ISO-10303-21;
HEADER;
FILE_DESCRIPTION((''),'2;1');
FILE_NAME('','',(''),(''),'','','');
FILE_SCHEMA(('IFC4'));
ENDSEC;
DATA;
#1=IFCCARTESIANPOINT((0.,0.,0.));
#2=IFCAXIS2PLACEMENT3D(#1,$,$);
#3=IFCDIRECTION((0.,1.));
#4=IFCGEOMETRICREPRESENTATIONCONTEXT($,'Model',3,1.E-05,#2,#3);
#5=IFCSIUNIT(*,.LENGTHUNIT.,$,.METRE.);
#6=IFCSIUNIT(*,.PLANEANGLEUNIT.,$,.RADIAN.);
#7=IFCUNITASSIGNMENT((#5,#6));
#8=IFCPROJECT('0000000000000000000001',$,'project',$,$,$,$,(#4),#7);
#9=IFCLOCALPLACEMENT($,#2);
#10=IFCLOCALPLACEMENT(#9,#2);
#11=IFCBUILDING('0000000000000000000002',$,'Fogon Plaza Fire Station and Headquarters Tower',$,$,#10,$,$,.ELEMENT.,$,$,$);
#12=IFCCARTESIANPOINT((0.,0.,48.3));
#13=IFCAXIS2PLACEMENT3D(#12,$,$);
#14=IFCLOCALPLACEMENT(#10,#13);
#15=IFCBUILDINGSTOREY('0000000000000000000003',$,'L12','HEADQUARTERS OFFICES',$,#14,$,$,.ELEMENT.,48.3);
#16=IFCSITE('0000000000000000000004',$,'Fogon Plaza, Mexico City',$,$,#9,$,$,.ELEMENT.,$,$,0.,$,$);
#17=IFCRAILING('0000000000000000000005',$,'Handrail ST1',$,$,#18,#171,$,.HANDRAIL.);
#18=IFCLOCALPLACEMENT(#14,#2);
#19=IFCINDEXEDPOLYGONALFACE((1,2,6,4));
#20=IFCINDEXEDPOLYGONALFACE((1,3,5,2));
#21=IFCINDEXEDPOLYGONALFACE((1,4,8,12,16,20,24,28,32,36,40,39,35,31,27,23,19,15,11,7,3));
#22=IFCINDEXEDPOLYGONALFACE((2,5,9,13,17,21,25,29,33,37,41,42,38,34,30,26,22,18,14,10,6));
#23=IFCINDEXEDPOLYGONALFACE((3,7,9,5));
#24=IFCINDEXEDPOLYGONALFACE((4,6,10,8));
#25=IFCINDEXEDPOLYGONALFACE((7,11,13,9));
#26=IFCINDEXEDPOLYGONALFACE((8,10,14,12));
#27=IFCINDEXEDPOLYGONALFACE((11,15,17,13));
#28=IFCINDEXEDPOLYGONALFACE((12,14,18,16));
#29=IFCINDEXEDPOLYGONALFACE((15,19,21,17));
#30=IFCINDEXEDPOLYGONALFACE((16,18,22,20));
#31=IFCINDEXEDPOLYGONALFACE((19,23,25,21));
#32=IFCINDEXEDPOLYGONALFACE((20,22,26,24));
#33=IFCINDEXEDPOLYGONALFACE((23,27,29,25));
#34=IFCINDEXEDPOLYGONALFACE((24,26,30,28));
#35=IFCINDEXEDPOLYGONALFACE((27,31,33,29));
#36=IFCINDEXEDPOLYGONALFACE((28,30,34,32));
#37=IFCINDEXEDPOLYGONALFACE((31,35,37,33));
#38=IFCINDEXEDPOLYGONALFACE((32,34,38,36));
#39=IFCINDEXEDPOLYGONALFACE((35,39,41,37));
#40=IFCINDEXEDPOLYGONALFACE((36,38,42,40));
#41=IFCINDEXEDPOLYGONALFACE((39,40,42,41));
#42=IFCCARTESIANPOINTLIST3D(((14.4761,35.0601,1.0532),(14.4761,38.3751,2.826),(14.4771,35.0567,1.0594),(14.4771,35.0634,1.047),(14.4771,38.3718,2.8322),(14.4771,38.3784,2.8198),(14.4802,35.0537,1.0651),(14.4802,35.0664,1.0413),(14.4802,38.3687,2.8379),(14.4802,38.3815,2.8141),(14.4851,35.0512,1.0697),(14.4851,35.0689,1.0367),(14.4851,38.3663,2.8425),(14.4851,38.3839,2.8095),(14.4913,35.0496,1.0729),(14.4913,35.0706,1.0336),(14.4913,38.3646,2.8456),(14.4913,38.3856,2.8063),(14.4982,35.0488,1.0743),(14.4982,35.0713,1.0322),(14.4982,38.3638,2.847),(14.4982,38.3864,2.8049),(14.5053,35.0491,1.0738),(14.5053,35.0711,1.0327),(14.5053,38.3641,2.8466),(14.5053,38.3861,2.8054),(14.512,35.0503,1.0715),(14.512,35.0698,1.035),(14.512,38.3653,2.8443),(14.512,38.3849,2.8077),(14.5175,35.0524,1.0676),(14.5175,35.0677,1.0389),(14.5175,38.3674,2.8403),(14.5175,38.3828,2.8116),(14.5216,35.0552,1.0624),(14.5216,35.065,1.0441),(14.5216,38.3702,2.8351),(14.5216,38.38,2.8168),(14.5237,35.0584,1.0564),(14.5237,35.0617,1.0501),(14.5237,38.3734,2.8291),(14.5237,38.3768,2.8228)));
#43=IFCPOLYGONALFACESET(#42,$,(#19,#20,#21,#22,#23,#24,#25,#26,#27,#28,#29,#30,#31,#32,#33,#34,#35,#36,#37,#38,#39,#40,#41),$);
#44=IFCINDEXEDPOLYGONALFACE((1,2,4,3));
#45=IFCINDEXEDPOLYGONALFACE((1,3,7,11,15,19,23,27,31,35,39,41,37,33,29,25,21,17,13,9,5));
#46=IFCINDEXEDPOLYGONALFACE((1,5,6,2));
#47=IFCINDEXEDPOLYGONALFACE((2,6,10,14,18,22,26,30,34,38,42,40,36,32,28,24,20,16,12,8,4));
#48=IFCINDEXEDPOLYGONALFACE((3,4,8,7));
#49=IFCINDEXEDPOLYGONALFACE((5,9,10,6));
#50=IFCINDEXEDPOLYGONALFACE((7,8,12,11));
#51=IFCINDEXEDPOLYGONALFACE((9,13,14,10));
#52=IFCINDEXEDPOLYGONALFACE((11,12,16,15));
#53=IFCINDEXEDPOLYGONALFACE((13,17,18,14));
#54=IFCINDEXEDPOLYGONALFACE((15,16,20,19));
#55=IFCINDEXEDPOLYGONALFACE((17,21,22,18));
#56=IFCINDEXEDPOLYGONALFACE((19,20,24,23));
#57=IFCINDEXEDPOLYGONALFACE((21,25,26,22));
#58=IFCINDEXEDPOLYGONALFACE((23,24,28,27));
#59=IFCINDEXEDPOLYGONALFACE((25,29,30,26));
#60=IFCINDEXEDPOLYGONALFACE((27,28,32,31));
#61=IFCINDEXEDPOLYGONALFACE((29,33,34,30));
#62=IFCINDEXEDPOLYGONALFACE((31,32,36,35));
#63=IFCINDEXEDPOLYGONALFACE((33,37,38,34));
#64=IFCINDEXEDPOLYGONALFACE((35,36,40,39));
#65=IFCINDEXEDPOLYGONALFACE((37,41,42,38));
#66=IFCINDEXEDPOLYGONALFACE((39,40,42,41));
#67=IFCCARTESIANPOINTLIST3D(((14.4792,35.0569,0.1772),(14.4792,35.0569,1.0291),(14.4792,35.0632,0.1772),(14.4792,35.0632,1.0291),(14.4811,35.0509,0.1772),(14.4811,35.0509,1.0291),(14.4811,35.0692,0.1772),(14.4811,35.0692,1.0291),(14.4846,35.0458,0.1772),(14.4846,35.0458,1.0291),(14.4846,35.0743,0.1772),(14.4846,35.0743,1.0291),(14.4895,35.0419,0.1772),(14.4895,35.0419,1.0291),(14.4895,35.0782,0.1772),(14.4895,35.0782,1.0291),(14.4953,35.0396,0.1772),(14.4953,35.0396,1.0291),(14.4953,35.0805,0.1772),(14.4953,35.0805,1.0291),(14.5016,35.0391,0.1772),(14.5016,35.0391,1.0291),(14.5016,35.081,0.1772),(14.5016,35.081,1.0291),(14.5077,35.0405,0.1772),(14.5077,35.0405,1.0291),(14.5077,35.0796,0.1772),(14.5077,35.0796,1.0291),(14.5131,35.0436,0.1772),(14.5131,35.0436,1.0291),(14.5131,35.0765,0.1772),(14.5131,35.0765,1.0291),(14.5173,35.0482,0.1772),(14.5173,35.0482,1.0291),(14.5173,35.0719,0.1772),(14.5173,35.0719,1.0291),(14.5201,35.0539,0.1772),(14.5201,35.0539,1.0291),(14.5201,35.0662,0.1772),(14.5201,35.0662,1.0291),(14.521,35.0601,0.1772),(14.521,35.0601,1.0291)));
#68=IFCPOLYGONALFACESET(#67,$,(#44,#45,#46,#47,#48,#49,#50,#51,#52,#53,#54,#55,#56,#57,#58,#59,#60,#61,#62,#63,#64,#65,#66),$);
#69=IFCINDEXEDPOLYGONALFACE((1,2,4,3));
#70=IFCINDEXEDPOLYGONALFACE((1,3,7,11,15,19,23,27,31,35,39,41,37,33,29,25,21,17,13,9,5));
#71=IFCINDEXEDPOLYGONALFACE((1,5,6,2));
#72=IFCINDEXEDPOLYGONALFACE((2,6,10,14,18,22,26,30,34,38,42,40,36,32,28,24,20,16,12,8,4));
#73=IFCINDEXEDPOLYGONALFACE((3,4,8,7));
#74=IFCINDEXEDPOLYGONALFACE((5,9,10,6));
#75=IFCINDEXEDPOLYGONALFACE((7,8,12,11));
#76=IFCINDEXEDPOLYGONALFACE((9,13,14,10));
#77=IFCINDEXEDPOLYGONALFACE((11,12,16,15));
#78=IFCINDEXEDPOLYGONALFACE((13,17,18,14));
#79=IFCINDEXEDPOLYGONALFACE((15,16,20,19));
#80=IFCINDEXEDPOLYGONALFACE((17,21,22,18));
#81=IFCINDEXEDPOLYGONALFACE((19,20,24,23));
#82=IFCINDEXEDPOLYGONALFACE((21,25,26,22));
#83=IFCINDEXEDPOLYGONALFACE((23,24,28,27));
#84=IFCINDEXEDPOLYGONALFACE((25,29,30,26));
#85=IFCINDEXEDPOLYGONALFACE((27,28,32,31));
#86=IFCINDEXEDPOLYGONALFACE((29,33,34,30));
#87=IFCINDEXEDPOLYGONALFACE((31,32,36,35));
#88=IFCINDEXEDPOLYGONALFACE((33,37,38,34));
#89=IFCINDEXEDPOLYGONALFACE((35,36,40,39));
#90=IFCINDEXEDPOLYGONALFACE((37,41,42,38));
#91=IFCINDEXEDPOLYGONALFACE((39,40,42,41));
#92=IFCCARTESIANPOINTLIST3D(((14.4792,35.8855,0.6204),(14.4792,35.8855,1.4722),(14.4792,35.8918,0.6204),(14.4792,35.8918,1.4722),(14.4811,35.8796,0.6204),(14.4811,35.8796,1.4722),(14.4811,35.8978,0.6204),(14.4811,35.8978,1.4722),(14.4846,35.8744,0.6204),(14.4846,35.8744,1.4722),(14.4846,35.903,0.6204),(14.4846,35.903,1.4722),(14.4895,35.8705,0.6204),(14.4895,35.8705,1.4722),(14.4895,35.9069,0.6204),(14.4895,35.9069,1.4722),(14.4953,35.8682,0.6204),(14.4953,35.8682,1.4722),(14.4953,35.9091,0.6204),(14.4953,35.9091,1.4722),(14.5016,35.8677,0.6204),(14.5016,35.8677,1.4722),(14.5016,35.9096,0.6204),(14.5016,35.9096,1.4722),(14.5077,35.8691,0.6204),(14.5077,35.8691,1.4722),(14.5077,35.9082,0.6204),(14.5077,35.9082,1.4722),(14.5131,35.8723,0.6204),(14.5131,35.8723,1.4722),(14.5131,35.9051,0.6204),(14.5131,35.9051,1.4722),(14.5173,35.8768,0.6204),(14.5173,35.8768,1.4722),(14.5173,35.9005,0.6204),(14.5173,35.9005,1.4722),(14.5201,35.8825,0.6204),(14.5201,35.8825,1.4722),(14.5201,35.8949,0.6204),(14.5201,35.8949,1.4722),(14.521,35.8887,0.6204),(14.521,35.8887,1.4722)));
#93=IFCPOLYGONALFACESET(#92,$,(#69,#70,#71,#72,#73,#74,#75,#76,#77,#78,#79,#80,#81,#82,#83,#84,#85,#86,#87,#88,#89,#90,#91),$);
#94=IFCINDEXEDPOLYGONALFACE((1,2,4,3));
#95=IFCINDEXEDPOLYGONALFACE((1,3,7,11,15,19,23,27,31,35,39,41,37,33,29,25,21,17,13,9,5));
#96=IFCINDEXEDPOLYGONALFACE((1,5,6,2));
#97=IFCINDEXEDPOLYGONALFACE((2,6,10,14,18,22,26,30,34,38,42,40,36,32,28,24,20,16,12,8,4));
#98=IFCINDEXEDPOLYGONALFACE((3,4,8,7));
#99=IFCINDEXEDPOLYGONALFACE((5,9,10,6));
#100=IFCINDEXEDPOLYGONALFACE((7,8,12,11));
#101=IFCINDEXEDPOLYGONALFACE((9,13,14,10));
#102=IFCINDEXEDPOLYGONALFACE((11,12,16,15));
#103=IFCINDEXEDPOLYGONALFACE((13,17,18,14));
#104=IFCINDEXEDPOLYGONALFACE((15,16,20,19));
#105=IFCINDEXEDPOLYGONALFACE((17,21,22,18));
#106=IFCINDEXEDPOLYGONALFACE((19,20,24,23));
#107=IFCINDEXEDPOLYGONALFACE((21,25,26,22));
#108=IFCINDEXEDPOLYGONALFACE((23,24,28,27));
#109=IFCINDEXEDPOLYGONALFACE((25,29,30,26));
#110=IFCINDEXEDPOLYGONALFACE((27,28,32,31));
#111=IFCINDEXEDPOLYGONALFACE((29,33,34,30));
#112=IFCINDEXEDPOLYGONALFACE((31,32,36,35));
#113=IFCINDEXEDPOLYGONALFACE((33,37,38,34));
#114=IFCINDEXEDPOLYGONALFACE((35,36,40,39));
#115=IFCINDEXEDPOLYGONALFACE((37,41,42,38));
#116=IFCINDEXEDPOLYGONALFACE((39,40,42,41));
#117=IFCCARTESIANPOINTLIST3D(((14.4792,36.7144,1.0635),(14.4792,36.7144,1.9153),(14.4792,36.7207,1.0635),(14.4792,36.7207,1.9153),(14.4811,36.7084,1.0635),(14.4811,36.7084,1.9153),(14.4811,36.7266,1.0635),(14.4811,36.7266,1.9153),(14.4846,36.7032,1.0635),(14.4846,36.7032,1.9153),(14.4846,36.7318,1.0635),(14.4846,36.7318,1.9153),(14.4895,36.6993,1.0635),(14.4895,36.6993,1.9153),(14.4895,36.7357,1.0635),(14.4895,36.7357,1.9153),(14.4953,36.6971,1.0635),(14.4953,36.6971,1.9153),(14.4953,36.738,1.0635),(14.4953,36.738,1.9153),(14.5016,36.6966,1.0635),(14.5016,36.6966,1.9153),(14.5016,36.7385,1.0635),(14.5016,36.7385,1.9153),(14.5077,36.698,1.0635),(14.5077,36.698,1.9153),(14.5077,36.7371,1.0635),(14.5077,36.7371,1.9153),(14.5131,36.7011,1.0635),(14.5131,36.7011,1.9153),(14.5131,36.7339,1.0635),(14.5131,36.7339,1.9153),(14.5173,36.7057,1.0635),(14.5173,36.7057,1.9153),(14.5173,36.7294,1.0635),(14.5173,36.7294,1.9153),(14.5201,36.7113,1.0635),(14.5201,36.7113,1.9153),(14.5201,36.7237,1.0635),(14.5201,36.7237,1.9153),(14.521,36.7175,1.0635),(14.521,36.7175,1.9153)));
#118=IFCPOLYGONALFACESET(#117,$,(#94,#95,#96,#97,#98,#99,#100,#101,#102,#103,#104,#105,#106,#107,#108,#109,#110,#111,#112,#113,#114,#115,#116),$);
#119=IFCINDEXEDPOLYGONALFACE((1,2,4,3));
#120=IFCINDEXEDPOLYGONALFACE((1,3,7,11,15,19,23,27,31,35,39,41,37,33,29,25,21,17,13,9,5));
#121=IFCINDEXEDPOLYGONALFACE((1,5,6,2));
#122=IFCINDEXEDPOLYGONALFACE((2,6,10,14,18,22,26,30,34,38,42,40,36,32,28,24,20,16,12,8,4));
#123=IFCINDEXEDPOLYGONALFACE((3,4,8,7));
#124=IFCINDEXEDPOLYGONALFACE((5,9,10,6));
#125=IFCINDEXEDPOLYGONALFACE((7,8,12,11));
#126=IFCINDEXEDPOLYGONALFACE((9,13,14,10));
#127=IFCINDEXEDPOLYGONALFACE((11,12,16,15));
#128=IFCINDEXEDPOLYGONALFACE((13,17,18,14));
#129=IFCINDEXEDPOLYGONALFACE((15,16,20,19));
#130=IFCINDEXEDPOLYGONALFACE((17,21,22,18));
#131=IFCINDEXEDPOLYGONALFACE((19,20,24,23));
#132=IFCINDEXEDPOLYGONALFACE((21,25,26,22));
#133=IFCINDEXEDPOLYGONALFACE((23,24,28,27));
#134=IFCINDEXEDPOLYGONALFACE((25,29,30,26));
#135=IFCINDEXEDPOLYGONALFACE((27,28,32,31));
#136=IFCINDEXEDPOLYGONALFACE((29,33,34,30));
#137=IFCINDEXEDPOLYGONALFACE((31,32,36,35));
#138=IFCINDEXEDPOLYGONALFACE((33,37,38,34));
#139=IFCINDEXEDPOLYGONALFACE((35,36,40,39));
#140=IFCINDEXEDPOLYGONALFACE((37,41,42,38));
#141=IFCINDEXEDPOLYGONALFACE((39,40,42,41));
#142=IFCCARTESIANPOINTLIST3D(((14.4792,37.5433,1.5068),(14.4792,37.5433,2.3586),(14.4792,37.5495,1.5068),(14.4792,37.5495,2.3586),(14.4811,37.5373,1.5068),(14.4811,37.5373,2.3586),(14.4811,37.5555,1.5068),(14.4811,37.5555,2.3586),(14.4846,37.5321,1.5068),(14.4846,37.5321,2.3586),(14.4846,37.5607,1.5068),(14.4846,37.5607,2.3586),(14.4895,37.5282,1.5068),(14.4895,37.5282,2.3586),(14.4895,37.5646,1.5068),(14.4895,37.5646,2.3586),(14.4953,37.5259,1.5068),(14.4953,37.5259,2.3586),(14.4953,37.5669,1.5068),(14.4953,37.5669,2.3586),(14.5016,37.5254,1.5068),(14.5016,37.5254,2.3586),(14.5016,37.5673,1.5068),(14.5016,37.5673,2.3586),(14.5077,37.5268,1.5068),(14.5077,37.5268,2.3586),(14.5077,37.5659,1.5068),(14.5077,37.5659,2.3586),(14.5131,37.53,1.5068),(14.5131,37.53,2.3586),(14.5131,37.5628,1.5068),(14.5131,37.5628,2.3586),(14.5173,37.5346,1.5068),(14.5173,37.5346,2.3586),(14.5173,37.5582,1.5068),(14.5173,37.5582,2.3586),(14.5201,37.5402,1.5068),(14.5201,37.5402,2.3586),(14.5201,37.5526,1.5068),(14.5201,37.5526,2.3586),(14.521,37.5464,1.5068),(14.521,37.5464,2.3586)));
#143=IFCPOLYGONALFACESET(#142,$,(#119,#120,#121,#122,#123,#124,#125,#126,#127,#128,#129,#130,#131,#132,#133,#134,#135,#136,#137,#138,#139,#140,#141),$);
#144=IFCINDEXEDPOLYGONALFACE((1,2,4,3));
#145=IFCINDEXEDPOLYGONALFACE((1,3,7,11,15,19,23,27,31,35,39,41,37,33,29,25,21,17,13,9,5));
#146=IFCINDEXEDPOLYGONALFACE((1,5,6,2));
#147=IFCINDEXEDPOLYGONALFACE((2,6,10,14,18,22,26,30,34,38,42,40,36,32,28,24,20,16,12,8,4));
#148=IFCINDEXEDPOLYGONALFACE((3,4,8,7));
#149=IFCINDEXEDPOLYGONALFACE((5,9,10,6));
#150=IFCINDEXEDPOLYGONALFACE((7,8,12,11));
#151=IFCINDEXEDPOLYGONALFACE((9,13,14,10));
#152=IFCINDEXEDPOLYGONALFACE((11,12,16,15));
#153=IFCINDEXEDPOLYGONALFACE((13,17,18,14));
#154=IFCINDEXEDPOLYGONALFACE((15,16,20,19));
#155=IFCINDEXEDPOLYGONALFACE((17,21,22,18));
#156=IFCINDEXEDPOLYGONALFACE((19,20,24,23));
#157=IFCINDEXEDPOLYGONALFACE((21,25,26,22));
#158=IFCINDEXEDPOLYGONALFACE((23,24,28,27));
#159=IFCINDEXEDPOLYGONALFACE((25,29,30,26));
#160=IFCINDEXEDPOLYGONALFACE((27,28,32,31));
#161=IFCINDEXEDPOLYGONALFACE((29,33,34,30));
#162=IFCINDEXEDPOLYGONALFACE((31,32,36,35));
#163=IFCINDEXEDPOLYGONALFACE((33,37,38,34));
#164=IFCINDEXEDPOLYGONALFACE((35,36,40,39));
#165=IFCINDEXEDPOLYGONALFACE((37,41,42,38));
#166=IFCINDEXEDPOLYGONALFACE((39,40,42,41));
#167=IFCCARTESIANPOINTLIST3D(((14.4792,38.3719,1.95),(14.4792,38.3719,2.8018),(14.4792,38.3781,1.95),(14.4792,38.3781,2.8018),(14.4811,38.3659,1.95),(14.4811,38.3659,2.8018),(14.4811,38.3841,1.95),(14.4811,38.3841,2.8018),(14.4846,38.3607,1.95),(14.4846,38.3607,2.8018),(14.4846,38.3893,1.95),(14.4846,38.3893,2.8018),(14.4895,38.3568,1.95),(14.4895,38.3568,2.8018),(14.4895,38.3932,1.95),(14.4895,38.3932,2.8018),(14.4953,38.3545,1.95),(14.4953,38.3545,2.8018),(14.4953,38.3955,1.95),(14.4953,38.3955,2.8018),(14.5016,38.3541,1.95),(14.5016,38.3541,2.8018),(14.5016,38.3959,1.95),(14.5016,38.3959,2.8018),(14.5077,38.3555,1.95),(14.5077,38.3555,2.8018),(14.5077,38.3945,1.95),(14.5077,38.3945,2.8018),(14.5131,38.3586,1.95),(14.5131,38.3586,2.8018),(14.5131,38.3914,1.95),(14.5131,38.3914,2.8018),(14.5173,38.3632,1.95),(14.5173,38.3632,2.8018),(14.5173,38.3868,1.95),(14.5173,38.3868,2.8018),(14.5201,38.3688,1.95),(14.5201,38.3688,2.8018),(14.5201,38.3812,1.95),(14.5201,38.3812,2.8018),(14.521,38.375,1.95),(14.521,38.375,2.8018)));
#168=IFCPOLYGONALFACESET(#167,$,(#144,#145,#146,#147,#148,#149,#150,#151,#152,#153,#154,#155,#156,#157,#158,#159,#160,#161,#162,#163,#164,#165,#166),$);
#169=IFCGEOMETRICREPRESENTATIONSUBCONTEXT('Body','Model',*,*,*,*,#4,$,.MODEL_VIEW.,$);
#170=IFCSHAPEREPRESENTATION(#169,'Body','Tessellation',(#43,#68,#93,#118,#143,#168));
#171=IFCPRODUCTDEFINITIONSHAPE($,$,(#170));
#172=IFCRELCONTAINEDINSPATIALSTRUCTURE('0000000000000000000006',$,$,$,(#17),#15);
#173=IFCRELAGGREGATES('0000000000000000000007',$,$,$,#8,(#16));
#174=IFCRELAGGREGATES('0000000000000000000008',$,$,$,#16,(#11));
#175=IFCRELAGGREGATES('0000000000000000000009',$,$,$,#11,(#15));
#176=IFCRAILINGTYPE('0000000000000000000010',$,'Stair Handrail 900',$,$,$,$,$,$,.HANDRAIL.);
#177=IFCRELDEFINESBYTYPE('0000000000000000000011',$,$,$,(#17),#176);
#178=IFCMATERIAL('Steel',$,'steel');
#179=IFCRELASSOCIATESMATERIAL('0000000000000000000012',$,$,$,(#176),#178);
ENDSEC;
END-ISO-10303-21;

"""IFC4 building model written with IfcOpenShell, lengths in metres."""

from ifc_helpers import new_model, si_unit, direction, frame, origin, origin_2d, place, context, subcontext, project, spatial, circle, extrude, material, type_object, element, save


model = new_model("IFC4")

# Units and contexts
model_context = context("Model", 3, precision=1e-05, world=origin(), true_north=direction((0.0, 1.0)))
body_context = subcontext(model_context, "Body", "Model", "MODEL_VIEW")
ifc_project = project(units=[si_unit("LENGTHUNIT", "METRE"), si_unit("PLANEANGLEUNIT", "RADIAN")], contexts=[model_context])

# Site, building, storey
site_placement = place(None, origin())
site = spatial("IfcSite", under=ifc_project, at=site_placement, Name="Fogon Plaza, Mexico City", CompositionType="ELEMENT", RefElevation=0.0)
building_placement = place(site_placement, origin())
building = spatial("IfcBuilding", under=site, at=building_placement, Name="Fogon Plaza Fire Station and Headquarters Tower", CompositionType="ELEMENT")
storey_placement = place(building_placement, frame((0.0, 0.0, 48.3)))
storey = spatial("IfcBuildingStorey", under=building, at=storey_placement, Name="L12", Description="HEADQUARTERS OFFICES", CompositionType="ELEMENT", Elevation=48.3)

# Railing
ifc_material_1 = material(Name="Steel", Category="steel")
railing_type = type_object("IfcRailingType", Name="Stair Handrail 900", PredefinedType="HANDRAIL", material=ifc_material_1)
for number, where, name in (
    (1, (14.5, 35.0601, 0.1772), "Handrail ST1"),
):
    element("IfcRailing", number, at=place(storey_placement, frame(where)), inside=storey, type_object=railing_type, Name=name, PredefinedType="HANDRAIL", context=body_context, shape_type="SweptSolid", body=[
        extrude(circle(Radius=0.0239, at=origin_2d()), frame((0.0, 0.0, 0.876), z_axis=(0.0, 0.881829, 0.471569), x_axis=(-1.0, 0.0, 0.0)), (0.0, 0.0, 1.0), 3.7593),
        extrude(circle(Radius=0.021, at=origin_2d()), origin(), (0.0, 0.0, 1.0), 0.8518),
        extrude(circle(Radius=0.021, at=origin_2d()), frame((0.0, 0.8286, 0.4431)), (0.0, 0.0, 1.0), 0.8518),
        extrude(circle(Radius=0.021, at=origin_2d()), frame((0.0, 1.6575, 0.8862)), (0.0, 0.0, 1.0), 0.8518),
        extrude(circle(Radius=0.021, at=origin_2d()), frame((0.0, 2.4863, 1.3296)), (0.0, 0.0, 1.0), 0.8518),
        extrude(circle(Radius=0.021, at=origin_2d()), frame((0.0, 3.3149, 1.7727)), (0.0, 0.0, 1.0), 0.8518),
    ])

save(model, "model.ifc")
